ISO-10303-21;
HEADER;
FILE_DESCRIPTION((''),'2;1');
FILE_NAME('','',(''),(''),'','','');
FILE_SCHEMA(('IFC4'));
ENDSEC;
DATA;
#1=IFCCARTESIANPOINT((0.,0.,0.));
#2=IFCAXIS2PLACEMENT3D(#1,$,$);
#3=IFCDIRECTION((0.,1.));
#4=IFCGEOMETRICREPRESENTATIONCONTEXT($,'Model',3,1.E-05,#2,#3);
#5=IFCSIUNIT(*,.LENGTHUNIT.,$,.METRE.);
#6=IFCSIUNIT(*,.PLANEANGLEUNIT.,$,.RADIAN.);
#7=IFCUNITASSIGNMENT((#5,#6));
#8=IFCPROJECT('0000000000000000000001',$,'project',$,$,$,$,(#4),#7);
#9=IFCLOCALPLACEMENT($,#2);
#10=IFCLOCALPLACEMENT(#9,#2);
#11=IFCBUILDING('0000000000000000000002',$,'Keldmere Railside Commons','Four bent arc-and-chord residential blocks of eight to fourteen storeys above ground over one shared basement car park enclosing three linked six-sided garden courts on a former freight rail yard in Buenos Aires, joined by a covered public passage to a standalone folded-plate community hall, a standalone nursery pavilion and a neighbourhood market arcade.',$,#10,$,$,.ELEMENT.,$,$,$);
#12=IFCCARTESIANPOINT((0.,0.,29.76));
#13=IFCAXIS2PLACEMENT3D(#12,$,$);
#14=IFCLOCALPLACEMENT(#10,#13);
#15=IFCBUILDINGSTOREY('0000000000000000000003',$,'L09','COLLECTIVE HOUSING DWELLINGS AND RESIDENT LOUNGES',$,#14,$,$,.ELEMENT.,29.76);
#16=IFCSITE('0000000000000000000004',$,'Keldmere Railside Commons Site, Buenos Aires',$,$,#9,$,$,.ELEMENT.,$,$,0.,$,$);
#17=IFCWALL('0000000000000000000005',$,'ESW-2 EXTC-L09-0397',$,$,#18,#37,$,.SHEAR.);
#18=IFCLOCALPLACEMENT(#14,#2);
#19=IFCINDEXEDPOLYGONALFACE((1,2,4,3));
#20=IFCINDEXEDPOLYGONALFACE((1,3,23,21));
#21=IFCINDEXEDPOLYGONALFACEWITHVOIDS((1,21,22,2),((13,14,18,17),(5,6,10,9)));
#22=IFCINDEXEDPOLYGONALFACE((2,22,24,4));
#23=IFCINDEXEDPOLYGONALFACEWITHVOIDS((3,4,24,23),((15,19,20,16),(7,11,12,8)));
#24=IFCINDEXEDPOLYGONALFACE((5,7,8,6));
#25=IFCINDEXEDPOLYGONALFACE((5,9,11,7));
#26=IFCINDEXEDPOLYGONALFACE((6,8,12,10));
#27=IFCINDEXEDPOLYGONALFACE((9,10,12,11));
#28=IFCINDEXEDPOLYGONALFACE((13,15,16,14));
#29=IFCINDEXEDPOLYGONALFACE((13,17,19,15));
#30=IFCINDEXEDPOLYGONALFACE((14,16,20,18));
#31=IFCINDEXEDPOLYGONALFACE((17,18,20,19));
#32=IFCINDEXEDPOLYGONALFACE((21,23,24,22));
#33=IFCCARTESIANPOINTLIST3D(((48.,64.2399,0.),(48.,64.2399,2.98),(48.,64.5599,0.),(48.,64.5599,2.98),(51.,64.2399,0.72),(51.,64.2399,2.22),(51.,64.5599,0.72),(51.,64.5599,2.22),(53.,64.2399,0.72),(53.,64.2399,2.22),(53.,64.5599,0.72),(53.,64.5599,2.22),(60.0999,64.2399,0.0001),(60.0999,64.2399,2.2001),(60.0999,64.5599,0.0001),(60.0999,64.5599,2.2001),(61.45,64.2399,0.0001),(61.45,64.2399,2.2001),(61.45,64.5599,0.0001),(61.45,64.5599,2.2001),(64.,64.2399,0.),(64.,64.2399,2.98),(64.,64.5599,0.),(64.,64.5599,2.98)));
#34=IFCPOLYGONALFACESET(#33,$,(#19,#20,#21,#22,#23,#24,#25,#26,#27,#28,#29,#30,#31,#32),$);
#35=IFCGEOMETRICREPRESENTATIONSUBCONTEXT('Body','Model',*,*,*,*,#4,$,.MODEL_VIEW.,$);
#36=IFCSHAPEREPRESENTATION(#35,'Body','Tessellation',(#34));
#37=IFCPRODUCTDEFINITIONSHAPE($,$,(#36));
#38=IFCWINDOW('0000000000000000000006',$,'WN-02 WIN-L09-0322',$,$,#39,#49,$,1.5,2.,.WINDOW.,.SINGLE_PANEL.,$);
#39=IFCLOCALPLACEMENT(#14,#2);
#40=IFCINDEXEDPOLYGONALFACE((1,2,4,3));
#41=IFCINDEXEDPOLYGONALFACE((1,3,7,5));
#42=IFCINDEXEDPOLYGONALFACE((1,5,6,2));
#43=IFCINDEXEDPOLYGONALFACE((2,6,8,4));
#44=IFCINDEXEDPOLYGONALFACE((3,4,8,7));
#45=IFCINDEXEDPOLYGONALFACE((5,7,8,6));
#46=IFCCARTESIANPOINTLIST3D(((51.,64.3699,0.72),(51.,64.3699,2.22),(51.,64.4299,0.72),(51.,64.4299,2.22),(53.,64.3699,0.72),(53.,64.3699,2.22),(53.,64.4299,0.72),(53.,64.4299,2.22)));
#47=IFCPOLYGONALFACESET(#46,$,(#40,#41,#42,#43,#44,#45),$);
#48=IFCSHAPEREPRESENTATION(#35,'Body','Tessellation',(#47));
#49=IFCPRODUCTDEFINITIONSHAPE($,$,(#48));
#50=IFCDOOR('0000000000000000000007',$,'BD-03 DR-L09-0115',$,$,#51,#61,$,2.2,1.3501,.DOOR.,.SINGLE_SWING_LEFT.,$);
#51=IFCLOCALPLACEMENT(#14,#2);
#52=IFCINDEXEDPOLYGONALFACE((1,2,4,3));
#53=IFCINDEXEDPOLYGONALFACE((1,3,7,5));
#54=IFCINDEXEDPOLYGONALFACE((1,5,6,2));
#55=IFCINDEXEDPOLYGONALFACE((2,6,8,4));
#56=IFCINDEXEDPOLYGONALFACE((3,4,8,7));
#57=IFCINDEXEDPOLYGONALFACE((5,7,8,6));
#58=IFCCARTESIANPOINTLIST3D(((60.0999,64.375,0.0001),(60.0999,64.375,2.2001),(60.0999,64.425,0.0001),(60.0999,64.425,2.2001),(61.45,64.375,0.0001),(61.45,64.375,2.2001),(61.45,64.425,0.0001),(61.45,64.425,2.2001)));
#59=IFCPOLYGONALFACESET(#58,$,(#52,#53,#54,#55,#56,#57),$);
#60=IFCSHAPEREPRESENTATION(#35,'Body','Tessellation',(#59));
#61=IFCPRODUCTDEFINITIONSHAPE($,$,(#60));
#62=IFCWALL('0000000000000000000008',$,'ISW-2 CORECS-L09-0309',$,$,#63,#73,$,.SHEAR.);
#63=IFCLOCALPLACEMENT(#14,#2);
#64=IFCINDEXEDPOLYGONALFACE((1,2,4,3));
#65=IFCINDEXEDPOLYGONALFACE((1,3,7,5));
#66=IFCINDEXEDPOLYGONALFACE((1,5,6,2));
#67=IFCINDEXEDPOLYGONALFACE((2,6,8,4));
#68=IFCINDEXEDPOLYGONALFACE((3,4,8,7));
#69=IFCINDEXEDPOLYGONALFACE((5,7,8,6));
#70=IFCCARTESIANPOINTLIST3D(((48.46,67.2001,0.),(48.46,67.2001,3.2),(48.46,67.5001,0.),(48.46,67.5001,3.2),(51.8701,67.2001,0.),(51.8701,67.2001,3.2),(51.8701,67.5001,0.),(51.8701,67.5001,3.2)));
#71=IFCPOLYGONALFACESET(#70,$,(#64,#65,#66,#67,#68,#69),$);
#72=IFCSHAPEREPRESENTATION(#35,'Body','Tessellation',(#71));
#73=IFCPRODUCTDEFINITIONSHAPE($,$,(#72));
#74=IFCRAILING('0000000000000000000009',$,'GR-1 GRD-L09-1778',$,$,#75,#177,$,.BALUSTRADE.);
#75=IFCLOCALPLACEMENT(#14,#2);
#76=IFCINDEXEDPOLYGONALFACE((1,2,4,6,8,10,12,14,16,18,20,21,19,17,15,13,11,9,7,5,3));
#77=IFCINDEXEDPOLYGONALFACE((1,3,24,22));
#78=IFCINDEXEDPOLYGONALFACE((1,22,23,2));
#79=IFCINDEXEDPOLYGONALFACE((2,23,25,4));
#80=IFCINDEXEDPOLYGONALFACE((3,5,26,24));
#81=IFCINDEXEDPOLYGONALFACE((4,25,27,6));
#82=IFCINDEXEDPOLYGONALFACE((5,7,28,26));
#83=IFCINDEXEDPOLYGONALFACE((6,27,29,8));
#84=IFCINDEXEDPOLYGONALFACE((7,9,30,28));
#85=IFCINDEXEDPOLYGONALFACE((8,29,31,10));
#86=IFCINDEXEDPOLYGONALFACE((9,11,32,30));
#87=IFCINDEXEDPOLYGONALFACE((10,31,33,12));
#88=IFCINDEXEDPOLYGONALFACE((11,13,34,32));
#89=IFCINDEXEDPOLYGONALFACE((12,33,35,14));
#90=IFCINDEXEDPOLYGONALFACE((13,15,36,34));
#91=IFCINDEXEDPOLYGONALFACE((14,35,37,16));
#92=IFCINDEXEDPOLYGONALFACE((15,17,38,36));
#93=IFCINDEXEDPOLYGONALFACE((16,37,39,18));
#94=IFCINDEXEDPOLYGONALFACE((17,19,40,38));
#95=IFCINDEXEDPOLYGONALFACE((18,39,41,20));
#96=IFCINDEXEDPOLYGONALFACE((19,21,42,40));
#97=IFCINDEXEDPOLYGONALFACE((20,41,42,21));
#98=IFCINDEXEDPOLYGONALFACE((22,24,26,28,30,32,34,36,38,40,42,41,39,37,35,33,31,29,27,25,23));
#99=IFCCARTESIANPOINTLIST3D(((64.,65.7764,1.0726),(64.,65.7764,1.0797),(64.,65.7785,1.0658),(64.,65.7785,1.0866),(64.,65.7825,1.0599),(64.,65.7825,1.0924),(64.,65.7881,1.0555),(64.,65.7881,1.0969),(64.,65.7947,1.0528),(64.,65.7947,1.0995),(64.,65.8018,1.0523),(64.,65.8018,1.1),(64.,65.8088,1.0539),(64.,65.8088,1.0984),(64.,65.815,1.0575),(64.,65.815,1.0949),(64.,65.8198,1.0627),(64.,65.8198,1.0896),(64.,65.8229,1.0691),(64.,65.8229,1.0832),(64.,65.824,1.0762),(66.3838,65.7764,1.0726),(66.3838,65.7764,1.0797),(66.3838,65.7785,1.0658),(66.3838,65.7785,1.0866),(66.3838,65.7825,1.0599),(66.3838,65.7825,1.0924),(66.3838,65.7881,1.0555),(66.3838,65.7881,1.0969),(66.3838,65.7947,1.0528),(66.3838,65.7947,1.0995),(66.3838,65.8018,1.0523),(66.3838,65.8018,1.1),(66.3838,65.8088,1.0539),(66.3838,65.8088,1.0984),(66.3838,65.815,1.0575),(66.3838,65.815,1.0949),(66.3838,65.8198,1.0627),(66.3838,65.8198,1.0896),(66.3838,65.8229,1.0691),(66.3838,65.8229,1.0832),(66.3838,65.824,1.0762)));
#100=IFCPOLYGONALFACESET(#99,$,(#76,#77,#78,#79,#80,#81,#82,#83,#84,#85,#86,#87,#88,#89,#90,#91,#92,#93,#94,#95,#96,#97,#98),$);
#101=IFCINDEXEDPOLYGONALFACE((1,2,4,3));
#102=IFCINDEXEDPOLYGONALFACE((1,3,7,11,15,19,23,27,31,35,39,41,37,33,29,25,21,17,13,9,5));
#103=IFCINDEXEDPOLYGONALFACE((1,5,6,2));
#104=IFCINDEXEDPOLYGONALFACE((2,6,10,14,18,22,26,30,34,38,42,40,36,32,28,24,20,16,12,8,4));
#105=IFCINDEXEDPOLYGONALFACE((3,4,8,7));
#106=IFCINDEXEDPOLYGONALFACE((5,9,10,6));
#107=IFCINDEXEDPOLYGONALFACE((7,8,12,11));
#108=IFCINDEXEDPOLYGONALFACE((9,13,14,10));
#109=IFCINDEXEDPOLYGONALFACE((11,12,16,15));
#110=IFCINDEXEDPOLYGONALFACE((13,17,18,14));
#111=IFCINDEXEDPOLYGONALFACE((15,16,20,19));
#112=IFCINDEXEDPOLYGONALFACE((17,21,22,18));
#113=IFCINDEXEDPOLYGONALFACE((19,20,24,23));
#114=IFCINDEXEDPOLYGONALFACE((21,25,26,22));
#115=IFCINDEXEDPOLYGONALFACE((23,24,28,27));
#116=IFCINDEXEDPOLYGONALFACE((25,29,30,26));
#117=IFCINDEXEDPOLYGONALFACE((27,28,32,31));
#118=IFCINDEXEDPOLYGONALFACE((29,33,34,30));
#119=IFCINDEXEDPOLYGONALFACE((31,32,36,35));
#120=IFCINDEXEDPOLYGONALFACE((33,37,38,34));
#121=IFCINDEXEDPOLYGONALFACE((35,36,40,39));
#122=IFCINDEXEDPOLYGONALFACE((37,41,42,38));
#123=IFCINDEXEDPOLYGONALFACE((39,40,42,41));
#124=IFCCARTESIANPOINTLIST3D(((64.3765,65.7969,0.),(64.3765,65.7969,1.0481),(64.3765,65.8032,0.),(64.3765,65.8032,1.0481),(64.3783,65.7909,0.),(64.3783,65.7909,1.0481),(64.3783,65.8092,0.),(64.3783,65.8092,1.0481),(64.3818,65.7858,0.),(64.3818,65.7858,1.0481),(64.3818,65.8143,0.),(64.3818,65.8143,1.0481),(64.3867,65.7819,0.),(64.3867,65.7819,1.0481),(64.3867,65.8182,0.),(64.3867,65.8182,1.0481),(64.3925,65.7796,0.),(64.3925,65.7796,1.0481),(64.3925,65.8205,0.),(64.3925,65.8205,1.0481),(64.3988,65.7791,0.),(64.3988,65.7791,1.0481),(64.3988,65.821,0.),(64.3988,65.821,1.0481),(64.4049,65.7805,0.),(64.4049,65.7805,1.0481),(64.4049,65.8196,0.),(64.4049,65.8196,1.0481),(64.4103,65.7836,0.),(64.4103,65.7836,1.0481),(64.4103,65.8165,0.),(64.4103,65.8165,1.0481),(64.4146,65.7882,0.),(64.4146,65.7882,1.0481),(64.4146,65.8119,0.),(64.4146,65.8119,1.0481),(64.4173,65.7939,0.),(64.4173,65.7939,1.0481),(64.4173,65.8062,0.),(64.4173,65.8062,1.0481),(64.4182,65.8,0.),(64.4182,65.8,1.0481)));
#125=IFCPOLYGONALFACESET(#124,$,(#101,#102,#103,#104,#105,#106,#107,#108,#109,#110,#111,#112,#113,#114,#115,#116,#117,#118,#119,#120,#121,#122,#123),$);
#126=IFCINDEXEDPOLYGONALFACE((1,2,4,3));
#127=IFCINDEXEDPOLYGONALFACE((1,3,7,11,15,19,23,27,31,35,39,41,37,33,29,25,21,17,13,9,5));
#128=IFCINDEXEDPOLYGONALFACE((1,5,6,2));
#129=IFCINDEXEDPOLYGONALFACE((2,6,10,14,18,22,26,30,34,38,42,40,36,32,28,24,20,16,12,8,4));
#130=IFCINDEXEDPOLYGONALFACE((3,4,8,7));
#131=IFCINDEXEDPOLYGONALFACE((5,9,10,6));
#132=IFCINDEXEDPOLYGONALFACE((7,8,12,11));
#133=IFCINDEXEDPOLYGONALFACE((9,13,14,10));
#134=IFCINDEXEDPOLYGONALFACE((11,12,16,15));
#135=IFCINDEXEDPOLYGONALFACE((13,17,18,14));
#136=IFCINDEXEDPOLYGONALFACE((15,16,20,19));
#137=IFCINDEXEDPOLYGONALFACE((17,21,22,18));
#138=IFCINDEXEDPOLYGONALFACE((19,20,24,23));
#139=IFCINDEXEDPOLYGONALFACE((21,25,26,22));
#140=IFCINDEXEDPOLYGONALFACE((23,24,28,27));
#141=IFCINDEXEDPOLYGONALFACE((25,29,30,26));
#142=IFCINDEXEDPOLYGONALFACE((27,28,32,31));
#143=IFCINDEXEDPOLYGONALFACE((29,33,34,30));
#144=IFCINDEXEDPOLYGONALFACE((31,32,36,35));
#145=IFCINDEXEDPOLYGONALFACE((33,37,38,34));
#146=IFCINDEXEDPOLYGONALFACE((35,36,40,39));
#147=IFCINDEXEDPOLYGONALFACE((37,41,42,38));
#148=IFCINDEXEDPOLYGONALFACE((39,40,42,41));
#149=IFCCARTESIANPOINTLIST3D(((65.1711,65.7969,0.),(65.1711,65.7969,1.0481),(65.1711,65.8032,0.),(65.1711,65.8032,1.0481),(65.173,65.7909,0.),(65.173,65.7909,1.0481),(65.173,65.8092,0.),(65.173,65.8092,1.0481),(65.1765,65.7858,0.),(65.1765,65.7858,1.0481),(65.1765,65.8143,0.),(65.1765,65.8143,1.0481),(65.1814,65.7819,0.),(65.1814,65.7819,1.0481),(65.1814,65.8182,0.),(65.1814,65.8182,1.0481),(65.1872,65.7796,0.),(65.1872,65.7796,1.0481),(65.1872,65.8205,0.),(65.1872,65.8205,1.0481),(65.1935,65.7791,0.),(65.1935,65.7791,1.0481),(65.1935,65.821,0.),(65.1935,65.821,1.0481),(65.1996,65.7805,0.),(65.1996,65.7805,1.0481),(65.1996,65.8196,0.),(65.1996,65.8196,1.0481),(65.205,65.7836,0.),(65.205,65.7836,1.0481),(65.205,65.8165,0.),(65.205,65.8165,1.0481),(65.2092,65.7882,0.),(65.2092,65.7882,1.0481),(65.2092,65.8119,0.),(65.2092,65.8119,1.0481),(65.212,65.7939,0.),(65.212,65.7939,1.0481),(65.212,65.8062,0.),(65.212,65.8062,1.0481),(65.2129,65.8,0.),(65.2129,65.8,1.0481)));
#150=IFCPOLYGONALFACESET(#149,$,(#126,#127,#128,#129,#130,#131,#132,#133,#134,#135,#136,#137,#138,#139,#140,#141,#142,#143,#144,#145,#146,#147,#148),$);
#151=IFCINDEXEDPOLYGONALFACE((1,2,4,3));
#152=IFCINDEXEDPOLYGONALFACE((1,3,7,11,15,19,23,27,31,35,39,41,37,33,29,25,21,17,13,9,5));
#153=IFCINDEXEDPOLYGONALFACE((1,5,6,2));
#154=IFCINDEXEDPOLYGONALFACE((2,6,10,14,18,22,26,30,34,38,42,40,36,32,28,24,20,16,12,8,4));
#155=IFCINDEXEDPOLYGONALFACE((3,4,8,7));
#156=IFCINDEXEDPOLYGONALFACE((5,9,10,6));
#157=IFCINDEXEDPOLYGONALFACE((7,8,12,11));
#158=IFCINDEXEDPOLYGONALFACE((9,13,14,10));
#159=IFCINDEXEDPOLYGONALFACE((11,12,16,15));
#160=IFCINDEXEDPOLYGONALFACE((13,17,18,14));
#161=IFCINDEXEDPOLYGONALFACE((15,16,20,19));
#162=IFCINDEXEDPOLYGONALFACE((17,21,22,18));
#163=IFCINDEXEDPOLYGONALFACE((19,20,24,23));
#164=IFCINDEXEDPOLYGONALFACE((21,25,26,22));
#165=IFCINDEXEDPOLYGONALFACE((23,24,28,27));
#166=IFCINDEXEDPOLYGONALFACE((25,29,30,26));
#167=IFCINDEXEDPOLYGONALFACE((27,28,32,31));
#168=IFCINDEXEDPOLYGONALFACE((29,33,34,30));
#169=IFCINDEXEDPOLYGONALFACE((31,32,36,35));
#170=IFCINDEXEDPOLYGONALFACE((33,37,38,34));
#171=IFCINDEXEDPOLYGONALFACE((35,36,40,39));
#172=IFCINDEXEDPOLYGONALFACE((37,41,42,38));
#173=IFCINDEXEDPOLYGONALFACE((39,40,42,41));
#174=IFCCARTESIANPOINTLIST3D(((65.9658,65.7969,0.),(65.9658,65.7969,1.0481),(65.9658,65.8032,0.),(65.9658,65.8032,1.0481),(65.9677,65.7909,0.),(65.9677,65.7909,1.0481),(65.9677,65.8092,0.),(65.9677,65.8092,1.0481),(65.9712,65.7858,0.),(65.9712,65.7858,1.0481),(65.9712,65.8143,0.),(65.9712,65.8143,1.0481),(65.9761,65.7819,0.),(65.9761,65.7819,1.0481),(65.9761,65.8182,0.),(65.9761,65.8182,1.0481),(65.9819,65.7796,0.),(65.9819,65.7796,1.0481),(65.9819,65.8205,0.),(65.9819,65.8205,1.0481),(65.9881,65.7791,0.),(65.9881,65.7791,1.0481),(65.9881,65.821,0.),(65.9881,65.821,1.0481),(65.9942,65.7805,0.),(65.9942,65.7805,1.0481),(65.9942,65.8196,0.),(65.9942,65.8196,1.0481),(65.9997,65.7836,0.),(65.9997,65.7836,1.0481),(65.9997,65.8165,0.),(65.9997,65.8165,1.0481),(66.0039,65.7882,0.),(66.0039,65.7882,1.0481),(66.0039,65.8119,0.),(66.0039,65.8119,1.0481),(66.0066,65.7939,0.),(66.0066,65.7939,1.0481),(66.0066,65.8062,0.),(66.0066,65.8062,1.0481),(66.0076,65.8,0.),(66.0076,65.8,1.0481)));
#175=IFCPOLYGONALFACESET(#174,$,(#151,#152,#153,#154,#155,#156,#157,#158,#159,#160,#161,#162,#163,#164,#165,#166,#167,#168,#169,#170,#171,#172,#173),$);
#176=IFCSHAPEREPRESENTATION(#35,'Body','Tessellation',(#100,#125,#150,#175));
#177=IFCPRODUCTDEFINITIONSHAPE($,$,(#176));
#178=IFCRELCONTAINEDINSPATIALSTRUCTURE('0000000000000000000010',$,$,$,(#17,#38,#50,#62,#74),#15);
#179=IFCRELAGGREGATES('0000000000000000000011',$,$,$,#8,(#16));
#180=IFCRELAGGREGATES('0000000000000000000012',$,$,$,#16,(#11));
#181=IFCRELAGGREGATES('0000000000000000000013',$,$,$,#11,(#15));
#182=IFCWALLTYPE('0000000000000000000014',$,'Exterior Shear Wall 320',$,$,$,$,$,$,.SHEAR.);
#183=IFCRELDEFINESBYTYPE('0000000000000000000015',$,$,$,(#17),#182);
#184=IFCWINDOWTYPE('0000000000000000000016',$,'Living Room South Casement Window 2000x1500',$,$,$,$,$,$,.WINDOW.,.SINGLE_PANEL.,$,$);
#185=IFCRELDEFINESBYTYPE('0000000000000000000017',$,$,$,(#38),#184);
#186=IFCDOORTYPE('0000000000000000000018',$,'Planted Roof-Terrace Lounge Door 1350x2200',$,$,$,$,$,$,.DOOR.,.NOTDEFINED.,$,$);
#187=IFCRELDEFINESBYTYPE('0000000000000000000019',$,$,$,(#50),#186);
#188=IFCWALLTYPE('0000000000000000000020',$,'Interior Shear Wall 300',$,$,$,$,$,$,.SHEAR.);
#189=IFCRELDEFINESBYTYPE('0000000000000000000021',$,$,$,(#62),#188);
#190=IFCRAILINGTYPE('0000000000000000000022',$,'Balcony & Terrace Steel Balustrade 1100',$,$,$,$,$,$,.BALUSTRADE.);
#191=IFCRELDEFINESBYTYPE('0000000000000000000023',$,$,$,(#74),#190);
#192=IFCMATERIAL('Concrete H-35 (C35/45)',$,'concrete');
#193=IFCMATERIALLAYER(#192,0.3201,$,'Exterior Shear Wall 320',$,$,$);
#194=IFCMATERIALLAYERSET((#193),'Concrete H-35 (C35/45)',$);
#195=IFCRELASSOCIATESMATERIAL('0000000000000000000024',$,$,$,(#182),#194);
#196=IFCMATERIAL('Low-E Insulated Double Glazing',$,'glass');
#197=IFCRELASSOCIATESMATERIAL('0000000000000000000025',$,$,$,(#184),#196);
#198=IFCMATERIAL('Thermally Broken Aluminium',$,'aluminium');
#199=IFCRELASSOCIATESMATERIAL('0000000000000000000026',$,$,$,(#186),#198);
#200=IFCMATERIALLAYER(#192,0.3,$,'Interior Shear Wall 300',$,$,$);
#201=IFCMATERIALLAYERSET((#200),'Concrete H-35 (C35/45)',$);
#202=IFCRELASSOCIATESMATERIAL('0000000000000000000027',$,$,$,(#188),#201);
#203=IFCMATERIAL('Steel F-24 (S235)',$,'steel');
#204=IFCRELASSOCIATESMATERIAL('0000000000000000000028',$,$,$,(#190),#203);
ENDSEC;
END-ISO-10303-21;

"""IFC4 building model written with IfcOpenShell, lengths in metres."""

from ifc_helpers import new_model, si_unit, direction, frame, frame_2d, origin, origin_2d, place, context, subcontext, project, spatial, rectangle, circle, extrude, material, layer, layer_set, type_object, element, fill, save


model = new_model("IFC4")

# Units and contexts
model_context = context("Model", 3, precision=1e-05, world=origin(), true_north=direction((0.0, 1.0)))
body_context = subcontext(model_context, "Body", "Model", "MODEL_VIEW")
ifc_project = project(units=[si_unit("LENGTHUNIT", "METRE"), si_unit("PLANEANGLEUNIT", "RADIAN")], contexts=[model_context])

# Site, building, storey
site_placement = place(None, origin())
site = spatial("IfcSite", under=ifc_project, at=site_placement, Name="Keldmere Railside Commons Site, Buenos Aires", CompositionType="ELEMENT", RefElevation=0.0)
building_placement = place(site_placement, origin())
building = spatial("IfcBuilding", under=site, at=building_placement, Name="Keldmere Railside Commons", Description="Four bent arc-and-chord residential blocks of eight to fourteen storeys above ground over one shared basement car park enclosing three linked six-sided garden courts on a former freight rail yard in Buenos Aires, joined by a covered public passage to a standalone folded-plate community hall, a standalone nursery pavilion and a neighbourhood market arcade.", CompositionType="ELEMENT")
storey_placement = place(building_placement, frame((0.0, 0.0, 29.76)))
storey = spatial("IfcBuildingStorey", under=building, at=storey_placement, Name="L09", Description="COLLECTIVE HOUSING DWELLINGS AND RESIDENT LOUNGES", CompositionType="ELEMENT", Elevation=29.76)

# Shared definitions
ifc_material_1 = material(Name="Steel F-24 (S235)", Category="steel")

# Wall, openings, window, door
ifc_material_2 = material(Name="Concrete H-35 (C35/45)", Category="concrete")
ifc_layer_1 = layer(ifc_material_2, 0.3201, Name="Exterior Shear Wall 320")
ifc_layer_set_1 = layer_set([ifc_layer_1], Name="Concrete H-35 (C35/45)")
wall_type_1 = type_object("IfcWallType", Name="Exterior Shear Wall 320", PredefinedType="SHEAR", material=ifc_layer_set_1)
wall_1_placement = place(storey_placement, frame((64.0, 64.3999, 0.0), z_axis=(0.0, 0.0, 1.0), x_axis=(-1.0, 0.0, 0.0)))
wall_1 = element("IfcWall", 1, at=wall_1_placement, inside=storey, type_object=wall_type_1, Name="ESW-2 EXTC-L09-0397", PredefinedType="SHEAR", context=body_context, shape_type="SweptSolid", body=[
    extrude(rectangle(XDim=16.0, YDim=0.3201, at=frame_2d((8.0, 0.0))), origin(), (0.0, 0.0, 1.0), 2.98),
])
opening_1_placement = place(wall_1_placement, frame((2.55, 0.0, 0.0)))
opening_1 = element("IfcOpeningElement", 2, at=opening_1_placement, cuts=wall_1, PredefinedType="OPENING", context=body_context, shape_type="SweptSolid", body=[
    extrude(rectangle(XDim=1.3501, YDim=2.2, at=frame_2d((0.675, 1.1001))), frame((0.0, 0.1699, 0.0), z_axis=(0.0, -1.0, 0.0), x_axis=(1.0, 0.0, 0.0)), (0.0, 0.0, 1.0), 0.3401),
])
opening_2_placement = place(wall_1_placement, frame((11.0, 0.0, 0.72)))
opening_2 = element("IfcOpeningElement", 3, at=opening_2_placement, cuts=wall_1, PredefinedType="OPENING", context=body_context, shape_type="SweptSolid", body=[
    extrude(rectangle(XDim=2.0, YDim=1.5, at=frame_2d((1.0, 0.75))), frame((0.0, 0.1699, 0.0), z_axis=(0.0, -1.0, 0.0), x_axis=(1.0, 0.0, 0.0)), (0.0, 0.0, 1.0), 0.3401),
])
ifc_material_3 = material(Name="Low-E Insulated Double Glazing", Category="glass")
window_type = type_object("IfcWindowType", Name="Living Room South Casement Window 2000x1500", PartitioningType="SINGLE_PANEL", PredefinedType="WINDOW", material=ifc_material_3)
window_placement = place(opening_2_placement, origin())
window = element("IfcWindow", 4, at=window_placement, inside=storey, type_object=window_type, Name="WN-02 WIN-L09-0322", OverallHeight=1.5, OverallWidth=2.0, PartitioningType="SINGLE_PANEL", PredefinedType="WINDOW", context=body_context, shape_type="SweptSolid", body=[
    extrude(rectangle(XDim=2.0, YDim=1.5, at=frame_2d((1.0, 0.75))), frame((0.0, 0.03, 0.0), z_axis=(0.0, -1.0, 0.0), x_axis=(1.0, 0.0, 0.0)), (0.0, 0.0, 1.0), 0.0601),
])
fill(opening_2, window)
ifc_material_4 = material(Name="Thermally Broken Aluminium", Category="aluminium")
door_type_1 = type_object("IfcDoorType", Name="Planted Roof-Terrace Lounge Door 1350x2200", OperationType="NOTDEFINED", PredefinedType="DOOR", material=ifc_material_4)
door_1_placement = place(opening_1_placement, origin())
door_1 = element("IfcDoor", 5, at=door_1_placement, inside=storey, type_object=door_type_1, Name="BD-03 DR-L09-0115", OperationType="SINGLE_SWING_LEFT", OverallHeight=2.2, OverallWidth=1.3501, PredefinedType="DOOR", context=body_context, shape_type="SweptSolid", body=[
    extrude(rectangle(XDim=1.3501, YDim=2.2, at=frame_2d((0.675, 1.1001))), frame((0.0, 0.0249, 0.0), z_axis=(0.0, -1.0, 0.0), x_axis=(1.0, 0.0, 0.0)), (0.0, 0.0, 1.0), 0.05),
])
fill(opening_1, door_1)

# Wall
ifc_layer_2 = layer(ifc_material_2, 0.3, Name="Interior Shear Wall 300")
ifc_layer_set_2 = layer_set([ifc_layer_2], Name="Concrete H-35 (C35/45)")
wall_type_2 = type_object("IfcWallType", Name="Interior Shear Wall 300", PredefinedType="SHEAR", material=ifc_layer_set_2)
wall_2_placement = place(storey_placement, frame((51.8701, 67.3501, 0.0), z_axis=(0.0, 0.0, 1.0), x_axis=(-1.0, 0.0, 0.0)))
element("IfcWall", 6, at=wall_2_placement, inside=storey, type_object=wall_type_2, Name="ISW-2 CORECS-L09-0309", PredefinedType="SHEAR", context=body_context, shape_type="SweptSolid", body=[
    extrude(rectangle(XDim=3.4102, YDim=0.3, at=frame_2d((1.7051, 0.0))), origin(), (0.0, 0.0, 1.0), 3.2),
])

# Railing
railing_type_1 = type_object("IfcRailingType", Name="Balcony & Terrace Steel Balustrade 1100", PredefinedType="BALUSTRADE", material=ifc_material_1)
railing_1_placement = place(storey_placement, frame((64.0, 65.8, 0.0)))
element("IfcRailing", 7, at=railing_1_placement, inside=storey, type_object=railing_type_1, Name="GR-1 GRD-L09-1778", PredefinedType="BALUSTRADE", context=body_context, shape_type="SweptSolid", body=[
    extrude(circle(Radius=0.0239, at=origin_2d()), frame((0.0, 0.0, 1.0762), z_axis=(1.0, 0.0, 0.0), x_axis=(0.0, 1.0, 0.0)), (0.0, 0.0, 1.0), 2.3838),
    extrude(circle(Radius=0.021, at=origin_2d()), frame((0.3972, 0.0, 0.0)), (0.0, 0.0, 1.0), 1.0481),
    extrude(circle(Radius=0.021, at=origin_2d()), frame((1.1919, 0.0, 0.0)), (0.0, 0.0, 1.0), 1.0481),
    extrude(circle(Radius=0.021, at=origin_2d()), frame((1.9866, 0.0, 0.0)), (0.0, 0.0, 1.0), 1.0481),
])

save(model, "model.ifc")
